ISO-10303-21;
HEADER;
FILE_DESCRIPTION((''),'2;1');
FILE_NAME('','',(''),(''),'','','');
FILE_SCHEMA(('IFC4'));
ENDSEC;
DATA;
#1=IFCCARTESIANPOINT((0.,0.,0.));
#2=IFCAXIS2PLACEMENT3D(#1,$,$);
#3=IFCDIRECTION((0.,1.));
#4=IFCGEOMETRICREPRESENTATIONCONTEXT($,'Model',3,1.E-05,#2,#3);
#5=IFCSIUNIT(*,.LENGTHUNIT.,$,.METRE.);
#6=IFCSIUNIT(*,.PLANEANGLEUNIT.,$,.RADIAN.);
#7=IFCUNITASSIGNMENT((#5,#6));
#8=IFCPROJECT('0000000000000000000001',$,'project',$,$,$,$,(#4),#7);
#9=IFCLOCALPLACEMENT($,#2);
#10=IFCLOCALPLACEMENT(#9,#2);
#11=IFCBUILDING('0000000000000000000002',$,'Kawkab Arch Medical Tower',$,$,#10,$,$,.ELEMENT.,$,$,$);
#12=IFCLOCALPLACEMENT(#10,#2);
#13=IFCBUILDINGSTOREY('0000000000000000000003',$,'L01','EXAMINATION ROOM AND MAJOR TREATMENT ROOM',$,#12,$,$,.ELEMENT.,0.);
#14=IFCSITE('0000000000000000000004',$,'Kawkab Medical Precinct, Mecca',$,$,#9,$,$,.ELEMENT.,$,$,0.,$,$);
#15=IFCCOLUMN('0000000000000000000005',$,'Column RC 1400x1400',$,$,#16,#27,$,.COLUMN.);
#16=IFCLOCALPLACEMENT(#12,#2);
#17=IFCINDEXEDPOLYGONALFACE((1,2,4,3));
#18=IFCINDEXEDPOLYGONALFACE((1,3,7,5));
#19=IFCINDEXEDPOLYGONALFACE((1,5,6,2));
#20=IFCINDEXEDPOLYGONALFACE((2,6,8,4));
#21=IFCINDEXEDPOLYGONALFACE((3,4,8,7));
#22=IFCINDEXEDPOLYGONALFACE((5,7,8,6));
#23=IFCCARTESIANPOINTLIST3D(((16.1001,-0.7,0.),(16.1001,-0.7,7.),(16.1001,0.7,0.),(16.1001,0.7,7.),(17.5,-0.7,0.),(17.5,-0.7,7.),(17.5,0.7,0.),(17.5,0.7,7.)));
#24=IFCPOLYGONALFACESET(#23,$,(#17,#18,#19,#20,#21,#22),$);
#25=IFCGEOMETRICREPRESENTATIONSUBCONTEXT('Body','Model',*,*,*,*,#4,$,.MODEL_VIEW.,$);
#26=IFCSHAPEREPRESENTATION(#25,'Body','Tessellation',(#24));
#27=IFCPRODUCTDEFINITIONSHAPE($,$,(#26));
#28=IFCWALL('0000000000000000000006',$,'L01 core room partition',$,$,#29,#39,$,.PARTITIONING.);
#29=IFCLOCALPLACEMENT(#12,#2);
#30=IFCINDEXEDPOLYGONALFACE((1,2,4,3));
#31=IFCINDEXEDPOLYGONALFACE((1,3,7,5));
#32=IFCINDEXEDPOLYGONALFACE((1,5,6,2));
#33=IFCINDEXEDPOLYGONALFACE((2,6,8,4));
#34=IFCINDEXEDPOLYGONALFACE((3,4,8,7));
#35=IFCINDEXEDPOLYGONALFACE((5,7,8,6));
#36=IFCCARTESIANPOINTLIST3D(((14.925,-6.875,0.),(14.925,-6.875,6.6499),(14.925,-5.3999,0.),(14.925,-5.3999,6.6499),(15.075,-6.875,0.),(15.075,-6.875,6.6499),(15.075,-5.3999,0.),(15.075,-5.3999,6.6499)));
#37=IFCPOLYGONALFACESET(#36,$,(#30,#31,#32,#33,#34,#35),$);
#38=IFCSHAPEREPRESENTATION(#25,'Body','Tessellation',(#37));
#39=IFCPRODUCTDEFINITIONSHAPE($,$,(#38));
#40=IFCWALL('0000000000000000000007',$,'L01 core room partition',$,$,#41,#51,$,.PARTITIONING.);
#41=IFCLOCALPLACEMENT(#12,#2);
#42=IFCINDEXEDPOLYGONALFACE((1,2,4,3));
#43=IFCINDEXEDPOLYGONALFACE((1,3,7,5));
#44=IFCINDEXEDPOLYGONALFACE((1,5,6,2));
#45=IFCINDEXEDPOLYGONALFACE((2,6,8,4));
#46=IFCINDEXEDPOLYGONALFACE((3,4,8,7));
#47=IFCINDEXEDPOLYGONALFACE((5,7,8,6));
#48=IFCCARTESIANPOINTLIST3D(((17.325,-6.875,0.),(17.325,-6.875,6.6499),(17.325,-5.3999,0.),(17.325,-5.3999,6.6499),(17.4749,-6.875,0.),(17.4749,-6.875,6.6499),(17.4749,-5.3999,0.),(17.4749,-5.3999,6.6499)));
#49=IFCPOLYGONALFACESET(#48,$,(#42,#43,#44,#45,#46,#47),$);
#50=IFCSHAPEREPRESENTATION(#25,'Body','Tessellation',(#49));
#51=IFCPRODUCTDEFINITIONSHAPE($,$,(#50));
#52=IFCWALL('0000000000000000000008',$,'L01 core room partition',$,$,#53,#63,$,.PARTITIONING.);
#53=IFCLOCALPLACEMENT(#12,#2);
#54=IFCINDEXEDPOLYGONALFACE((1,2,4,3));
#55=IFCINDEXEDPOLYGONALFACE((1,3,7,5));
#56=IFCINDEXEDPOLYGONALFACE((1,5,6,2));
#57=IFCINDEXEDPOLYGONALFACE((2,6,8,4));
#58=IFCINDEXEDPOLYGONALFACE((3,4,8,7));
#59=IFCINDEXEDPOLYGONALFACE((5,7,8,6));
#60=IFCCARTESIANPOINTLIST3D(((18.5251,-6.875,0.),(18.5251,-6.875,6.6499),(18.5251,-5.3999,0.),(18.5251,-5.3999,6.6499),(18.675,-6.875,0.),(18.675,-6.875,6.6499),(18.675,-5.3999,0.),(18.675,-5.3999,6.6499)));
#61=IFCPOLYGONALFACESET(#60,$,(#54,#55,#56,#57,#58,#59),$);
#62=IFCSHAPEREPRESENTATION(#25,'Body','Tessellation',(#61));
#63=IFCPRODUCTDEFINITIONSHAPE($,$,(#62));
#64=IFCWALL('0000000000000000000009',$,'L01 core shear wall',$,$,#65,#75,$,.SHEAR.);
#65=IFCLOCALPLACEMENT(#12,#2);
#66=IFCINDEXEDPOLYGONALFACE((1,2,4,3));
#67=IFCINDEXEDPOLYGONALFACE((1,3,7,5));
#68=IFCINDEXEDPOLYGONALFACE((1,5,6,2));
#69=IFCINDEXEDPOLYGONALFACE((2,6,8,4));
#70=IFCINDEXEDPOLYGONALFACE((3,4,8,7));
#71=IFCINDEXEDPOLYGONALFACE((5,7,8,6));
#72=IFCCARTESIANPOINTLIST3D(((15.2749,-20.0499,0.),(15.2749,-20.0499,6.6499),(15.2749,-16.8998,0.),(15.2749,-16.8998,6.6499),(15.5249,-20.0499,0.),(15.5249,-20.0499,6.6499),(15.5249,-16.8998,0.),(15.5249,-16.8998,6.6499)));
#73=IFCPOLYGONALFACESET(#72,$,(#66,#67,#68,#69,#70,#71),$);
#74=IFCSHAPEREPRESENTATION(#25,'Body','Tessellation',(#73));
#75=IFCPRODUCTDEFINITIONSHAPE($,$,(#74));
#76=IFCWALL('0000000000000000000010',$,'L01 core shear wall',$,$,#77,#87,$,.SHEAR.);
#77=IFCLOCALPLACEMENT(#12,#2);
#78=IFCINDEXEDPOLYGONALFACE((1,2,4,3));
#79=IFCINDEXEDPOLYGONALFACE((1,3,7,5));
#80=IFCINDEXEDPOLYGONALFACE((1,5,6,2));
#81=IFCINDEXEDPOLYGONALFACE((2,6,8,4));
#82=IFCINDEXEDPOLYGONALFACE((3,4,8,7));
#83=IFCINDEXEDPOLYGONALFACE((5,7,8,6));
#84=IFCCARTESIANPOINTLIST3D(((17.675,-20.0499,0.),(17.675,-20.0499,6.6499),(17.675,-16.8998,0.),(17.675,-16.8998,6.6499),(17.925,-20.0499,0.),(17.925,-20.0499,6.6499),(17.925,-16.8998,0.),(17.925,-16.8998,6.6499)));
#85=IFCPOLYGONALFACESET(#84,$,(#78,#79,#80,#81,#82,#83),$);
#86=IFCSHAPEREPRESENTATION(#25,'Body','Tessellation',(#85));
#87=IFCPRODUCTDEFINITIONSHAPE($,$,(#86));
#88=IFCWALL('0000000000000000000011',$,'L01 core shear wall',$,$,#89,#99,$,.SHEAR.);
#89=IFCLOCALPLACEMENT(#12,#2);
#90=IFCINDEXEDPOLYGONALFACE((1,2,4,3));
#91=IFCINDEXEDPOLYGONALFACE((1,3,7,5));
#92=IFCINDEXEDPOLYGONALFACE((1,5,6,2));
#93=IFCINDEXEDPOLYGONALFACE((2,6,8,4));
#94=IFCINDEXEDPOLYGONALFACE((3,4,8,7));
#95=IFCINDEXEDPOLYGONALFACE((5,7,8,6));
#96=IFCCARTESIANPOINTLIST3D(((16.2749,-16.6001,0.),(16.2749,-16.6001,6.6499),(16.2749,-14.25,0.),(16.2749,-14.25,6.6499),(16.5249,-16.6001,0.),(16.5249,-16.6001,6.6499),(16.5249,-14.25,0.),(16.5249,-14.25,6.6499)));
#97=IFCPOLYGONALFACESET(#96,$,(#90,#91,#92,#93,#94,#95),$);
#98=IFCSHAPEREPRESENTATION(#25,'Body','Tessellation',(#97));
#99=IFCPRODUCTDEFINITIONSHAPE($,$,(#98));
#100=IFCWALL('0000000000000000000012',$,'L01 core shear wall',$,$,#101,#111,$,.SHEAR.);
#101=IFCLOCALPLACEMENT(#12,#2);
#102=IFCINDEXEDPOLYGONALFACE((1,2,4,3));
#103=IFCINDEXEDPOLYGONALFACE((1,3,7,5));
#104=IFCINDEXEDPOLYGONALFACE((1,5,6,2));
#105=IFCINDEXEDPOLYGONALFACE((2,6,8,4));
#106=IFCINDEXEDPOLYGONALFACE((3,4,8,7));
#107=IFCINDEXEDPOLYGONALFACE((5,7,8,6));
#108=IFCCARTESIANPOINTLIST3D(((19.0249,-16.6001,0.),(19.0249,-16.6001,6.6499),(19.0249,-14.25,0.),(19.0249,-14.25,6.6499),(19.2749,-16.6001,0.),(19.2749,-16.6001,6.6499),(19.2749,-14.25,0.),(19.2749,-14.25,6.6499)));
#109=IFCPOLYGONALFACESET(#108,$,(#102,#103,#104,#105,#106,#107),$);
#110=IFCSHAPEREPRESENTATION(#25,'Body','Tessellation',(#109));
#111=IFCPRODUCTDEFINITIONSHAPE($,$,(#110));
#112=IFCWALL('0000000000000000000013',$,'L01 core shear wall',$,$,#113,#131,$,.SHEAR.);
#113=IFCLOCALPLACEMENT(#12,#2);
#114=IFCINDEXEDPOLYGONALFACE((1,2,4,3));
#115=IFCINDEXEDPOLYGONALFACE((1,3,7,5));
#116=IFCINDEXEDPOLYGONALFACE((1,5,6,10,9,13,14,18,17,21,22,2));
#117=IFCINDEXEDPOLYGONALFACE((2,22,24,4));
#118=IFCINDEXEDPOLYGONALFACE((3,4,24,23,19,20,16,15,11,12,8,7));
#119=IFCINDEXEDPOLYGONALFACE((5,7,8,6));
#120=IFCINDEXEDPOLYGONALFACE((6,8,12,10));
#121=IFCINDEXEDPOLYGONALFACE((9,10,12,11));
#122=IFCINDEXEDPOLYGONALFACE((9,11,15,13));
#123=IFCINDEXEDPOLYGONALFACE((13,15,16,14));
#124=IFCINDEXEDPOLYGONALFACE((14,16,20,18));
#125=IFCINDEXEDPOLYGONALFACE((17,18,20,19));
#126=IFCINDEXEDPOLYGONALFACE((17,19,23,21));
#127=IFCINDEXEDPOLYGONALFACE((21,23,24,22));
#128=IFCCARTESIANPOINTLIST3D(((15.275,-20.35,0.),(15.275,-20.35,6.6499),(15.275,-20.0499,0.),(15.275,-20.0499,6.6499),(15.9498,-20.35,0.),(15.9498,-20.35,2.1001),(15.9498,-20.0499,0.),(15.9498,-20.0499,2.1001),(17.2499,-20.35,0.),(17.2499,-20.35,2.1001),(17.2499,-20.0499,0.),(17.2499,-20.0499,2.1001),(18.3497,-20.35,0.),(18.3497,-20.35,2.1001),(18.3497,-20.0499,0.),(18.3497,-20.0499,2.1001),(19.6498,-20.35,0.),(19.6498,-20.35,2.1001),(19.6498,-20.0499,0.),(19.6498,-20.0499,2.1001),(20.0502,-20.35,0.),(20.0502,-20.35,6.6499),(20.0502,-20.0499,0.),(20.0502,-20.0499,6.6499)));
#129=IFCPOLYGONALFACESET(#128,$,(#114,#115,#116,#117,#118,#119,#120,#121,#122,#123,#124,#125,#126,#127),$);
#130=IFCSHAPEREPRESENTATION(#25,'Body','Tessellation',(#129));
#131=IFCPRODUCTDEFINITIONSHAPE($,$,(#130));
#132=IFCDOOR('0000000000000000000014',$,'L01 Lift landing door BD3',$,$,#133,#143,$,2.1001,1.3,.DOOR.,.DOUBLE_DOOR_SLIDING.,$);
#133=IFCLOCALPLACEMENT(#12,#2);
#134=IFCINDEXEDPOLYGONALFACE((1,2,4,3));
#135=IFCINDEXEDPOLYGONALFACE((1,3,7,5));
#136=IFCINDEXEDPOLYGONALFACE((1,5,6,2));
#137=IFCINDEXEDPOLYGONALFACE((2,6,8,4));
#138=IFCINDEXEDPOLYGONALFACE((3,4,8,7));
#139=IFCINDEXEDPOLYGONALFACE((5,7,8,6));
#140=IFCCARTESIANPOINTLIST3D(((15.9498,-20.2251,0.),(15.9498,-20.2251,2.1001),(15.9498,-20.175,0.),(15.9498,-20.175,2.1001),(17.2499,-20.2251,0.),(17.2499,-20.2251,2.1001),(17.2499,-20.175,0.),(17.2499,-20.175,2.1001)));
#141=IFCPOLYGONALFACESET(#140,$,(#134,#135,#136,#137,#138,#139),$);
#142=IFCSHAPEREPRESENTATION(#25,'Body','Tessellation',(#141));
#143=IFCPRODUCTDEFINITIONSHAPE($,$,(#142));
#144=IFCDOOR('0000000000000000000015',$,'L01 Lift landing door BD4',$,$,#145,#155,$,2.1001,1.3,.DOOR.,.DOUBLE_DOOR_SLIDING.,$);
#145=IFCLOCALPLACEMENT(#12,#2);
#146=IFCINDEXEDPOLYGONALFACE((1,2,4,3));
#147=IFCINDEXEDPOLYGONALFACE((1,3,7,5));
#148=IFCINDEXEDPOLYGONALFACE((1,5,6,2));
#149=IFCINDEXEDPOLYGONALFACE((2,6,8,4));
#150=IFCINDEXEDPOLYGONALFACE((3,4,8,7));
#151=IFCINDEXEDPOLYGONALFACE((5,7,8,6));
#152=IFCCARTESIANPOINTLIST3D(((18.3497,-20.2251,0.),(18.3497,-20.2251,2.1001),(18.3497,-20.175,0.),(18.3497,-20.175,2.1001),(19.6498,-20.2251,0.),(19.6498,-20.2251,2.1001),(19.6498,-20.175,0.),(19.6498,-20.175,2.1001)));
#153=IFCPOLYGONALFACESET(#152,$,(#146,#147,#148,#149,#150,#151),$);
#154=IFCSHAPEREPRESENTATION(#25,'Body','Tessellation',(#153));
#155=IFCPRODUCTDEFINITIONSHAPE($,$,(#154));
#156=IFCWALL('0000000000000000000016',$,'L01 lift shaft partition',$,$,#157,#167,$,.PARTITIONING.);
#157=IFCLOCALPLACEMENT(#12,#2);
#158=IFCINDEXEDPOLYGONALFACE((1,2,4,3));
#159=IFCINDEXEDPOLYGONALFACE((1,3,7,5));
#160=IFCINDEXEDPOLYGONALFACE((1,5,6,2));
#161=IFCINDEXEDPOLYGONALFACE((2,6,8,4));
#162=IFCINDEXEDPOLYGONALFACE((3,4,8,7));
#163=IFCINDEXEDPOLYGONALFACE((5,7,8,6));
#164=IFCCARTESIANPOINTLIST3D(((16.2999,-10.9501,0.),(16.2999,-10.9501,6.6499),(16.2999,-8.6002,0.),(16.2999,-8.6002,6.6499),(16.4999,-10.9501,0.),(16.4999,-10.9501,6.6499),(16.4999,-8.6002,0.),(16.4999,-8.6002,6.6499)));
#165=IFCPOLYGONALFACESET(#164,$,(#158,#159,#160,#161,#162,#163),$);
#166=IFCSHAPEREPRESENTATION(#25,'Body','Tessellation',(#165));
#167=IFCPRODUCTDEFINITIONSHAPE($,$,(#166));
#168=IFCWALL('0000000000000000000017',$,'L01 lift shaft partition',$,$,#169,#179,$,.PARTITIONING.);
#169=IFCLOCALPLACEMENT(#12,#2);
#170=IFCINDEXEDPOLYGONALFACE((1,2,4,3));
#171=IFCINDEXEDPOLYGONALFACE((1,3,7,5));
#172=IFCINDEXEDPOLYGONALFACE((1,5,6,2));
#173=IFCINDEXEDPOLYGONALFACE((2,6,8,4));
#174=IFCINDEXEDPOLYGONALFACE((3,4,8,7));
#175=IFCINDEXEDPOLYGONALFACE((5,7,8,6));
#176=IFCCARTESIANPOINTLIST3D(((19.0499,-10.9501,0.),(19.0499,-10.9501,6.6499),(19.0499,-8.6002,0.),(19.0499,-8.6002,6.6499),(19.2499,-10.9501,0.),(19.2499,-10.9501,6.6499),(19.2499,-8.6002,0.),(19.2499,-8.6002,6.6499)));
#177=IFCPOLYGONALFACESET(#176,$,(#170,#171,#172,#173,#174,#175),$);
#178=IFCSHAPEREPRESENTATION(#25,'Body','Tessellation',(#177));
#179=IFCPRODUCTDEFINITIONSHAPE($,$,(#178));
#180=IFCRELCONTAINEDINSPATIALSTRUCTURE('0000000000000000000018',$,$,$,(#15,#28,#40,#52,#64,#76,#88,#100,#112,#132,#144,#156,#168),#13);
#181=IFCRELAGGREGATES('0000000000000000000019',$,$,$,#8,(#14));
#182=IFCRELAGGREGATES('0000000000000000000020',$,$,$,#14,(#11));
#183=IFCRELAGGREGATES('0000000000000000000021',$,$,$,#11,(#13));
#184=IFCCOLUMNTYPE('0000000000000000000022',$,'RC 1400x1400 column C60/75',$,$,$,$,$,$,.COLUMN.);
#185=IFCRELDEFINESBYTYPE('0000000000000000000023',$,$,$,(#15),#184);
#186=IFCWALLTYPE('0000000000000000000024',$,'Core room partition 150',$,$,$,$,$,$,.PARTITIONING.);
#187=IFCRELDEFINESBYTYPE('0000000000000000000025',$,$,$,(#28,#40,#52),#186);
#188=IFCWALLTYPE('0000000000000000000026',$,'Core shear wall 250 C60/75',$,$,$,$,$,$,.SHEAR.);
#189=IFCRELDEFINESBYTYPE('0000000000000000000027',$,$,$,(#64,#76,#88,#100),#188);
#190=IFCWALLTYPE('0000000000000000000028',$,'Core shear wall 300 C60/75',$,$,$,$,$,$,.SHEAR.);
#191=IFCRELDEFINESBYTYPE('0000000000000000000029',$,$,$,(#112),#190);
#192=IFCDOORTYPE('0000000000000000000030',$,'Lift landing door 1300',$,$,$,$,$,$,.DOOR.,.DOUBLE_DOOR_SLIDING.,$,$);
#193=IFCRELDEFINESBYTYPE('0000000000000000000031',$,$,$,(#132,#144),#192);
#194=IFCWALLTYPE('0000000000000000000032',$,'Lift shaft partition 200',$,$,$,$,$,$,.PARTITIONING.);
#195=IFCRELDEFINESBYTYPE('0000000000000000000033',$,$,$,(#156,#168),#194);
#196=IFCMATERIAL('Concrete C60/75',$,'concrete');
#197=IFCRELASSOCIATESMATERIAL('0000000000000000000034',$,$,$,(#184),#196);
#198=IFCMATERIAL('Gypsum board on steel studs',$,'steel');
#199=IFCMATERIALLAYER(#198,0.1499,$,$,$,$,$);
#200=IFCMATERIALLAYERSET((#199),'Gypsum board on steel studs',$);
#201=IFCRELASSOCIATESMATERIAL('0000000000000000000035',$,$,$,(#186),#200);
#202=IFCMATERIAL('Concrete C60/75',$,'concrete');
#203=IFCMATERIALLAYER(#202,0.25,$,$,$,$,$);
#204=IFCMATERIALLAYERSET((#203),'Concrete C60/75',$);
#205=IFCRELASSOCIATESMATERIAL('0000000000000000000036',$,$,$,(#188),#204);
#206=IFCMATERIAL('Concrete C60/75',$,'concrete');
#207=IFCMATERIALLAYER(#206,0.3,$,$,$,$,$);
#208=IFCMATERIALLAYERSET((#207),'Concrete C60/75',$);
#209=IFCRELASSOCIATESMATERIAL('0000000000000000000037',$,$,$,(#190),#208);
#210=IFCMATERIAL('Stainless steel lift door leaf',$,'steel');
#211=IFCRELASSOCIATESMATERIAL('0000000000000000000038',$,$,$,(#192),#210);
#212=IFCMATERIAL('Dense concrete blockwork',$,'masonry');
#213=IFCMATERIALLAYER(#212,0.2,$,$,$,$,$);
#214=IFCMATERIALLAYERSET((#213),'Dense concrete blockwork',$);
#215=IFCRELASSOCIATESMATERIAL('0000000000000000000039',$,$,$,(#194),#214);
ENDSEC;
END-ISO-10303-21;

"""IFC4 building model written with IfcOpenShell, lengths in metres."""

from ifc_helpers import new_model, si_unit, direction, frame, frame_2d, origin, origin_2d, place, context, subcontext, project, spatial, rectangle, extrude, material, layer, layer_set, material_profile, profile_set, type_object, element, fill, save


model = new_model("IFC4")

# Units and contexts
model_context = context("Model", 3, precision=1e-05, world=origin(), true_north=direction((0.0, 1.0)))
body_context = subcontext(model_context, "Body", "Model", "MODEL_VIEW")
ifc_project = project(units=[si_unit("LENGTHUNIT", "METRE"), si_unit("PLANEANGLEUNIT", "RADIAN")], contexts=[model_context])

# Site, building, storey
site_placement = place(None, origin())
site = spatial("IfcSite", under=ifc_project, at=site_placement, Name="Kawkab Medical Precinct, Mecca", CompositionType="ELEMENT", RefElevation=0.0)
building_placement = place(site_placement, origin())
building = spatial("IfcBuilding", under=site, at=building_placement, Name="Kawkab Arch Medical Tower", CompositionType="ELEMENT")
storey_placement = place(building_placement, origin())
storey = spatial("IfcBuildingStorey", under=building, at=storey_placement, Name="L01", Description="EXAMINATION ROOM AND MAJOR TREATMENT ROOM", CompositionType="ELEMENT", Elevation=0.0)

# Column
ifc_material_1 = material(Name="Concrete C60/75", Category="concrete")
ifc_material_profile = material_profile(ifc_material_1, rectangle(XDim=1.3999, YDim=1.3999, at=origin_2d()), Name="RC 1400x1400")
ifc_profile_set = profile_set([ifc_material_profile], Name="Concrete C60/75")
column_type = type_object("IfcColumnType", Name="RC 1400x1400 column C60/75", PredefinedType="COLUMN", material=ifc_profile_set)
column_placement = place(storey_placement, frame((16.8, 0.0, 0.0), z_axis=(0.0, 0.0, 1.0), x_axis=(1.0, 0.0, 0.0)))
element("IfcColumn", 1, at=column_placement, inside=storey, type_object=column_type, Name="Column RC 1400x1400", PredefinedType="COLUMN", context=body_context, shape_type="SweptSolid", body=[
    extrude(rectangle(XDim=1.3999, YDim=1.3999, at=origin_2d()), origin(), (0.0, 0.0, 1.0), 7.0),
])

# Walls
ifc_material_2 = material(Name="Gypsum board on steel studs", Category="steel")
ifc_layer_1 = layer(ifc_material_2, 0.1499)
ifc_layer_set_1 = layer_set([ifc_layer_1], Name="Gypsum board on steel studs")
wall_type_1 = type_object("IfcWallType", Name="Core room partition 150", PredefinedType="PARTITIONING", material=ifc_layer_set_1)
for number, where, z_axis, x_axis, name in (
    (2, (15.0, -6.875, 0.0), (0.0, 0.0, 1.0), (0.0, 1.0, 0.0), "L01 core room partition"),
    (3, (17.3999, -6.875, 0.0), (0.0, 0.0, 1.0), (0.0, 1.0, 0.0), "L01 core room partition"),
    (4, (18.6001, -6.875, 0.0), (0.0, 0.0, 1.0), (0.0, 1.0, 0.0), "L01 core room partition"),
):
    element("IfcWall", number, at=place(storey_placement, frame(where, z_axis=z_axis, x_axis=x_axis)), inside=storey, type_object=wall_type_1, Name=name, PredefinedType="PARTITIONING", context=body_context, shape_type="SweptSolid", body=[
        extrude(rectangle(XDim=1.4751, YDim=0.1499, at=frame_2d((0.7375, 0.0))), origin(), (0.0, 0.0, 1.0), 6.6499),
    ])
ifc_material_3 = material(Name="Concrete C60/75", Category="concrete")
ifc_layer_2 = layer(ifc_material_3, 0.25)
ifc_layer_set_2 = layer_set([ifc_layer_2], Name="Concrete C60/75")
wall_type_2 = type_object("IfcWallType", Name="Core shear wall 250 C60/75", PredefinedType="SHEAR", material=ifc_layer_set_2)
for number, where, z_axis, x_axis, name in (
    (5, (15.3999, -20.05, 0.0), (0.0, 0.0, 1.0), (0.0, 1.0, 0.0), "L01 core shear wall"),
    (6, (17.8, -20.05, 0.0), (0.0, 0.0, 1.0), (0.0, 1.0, 0.0), "L01 core shear wall"),
):
    element("IfcWall", number, at=place(storey_placement, frame(where, z_axis=z_axis, x_axis=x_axis)), inside=storey, type_object=wall_type_2, Name=name, PredefinedType="SHEAR", context=body_context, shape_type="SweptSolid", body=[
        extrude(rectangle(XDim=3.1501, YDim=0.25, at=frame_2d((1.5752, 0.0))), origin(), (0.0, 0.0, 1.0), 6.6499),
    ])
for number, where, z_axis, x_axis, name in (
    (7, (16.3999, -16.6001, 0.0), (0.0, 0.0, 1.0), (0.0, 1.0, 0.0), "L01 core shear wall"),
    (8, (19.1499, -16.6001, 0.0), (0.0, 0.0, 1.0), (0.0, 1.0, 0.0), "L01 core shear wall"),
):
    element("IfcWall", number, at=place(storey_placement, frame(where, z_axis=z_axis, x_axis=x_axis)), inside=storey, type_object=wall_type_2, Name=name, PredefinedType="SHEAR", context=body_context, shape_type="SweptSolid", body=[
        extrude(rectangle(XDim=2.3501, YDim=0.25, at=frame_2d((1.175, 0.0))), origin(), (0.0, 0.0, 1.0), 6.6499),
    ])

# Wall, openings, doors
ifc_material_4 = material(Name="Concrete C60/75", Category="concrete")
ifc_layer_3 = layer(ifc_material_4, 0.3)
ifc_layer_set_3 = layer_set([ifc_layer_3], Name="Concrete C60/75")
wall_type_3 = type_object("IfcWallType", Name="Core shear wall 300 C60/75", PredefinedType="SHEAR", material=ifc_layer_set_3)
wall_1_placement = place(storey_placement, frame((15.2749, -20.2, 0.0), z_axis=(0.0, 0.0, 1.0), x_axis=(1.0, 0.0, 0.0)))
wall_1 = element("IfcWall", 9, at=wall_1_placement, inside=storey, type_object=wall_type_3, Name="L01 core shear wall", PredefinedType="SHEAR", context=body_context, shape_type="SweptSolid", body=[
    extrude(rectangle(XDim=4.7751, YDim=0.3, at=frame_2d((2.3877, 0.0))), origin(), (0.0, 0.0, 1.0), 6.6499),
])
opening_1_placement = place(wall_1_placement, frame((0.675, 0.0, 0.0)))
opening_1 = element("IfcOpeningElement", 10, at=opening_1_placement, cuts=wall_1, PredefinedType="OPENING", context=body_context, shape_type="SweptSolid", body=[
    extrude(rectangle(XDim=1.3, YDim=2.1001, at=frame_2d((0.6499, 1.05))), frame((0.0, 0.1599, 0.0), z_axis=(0.0, -1.0, 0.0), x_axis=(1.0, 0.0, 0.0)), (0.0, 0.0, 1.0), 0.3201),
])
opening_2_placement = place(wall_1_placement, frame((3.075, 0.0, 0.0)))
opening_2 = element("IfcOpeningElement", 11, at=opening_2_placement, cuts=wall_1, PredefinedType="OPENING", context=body_context, shape_type="SweptSolid", body=[
    extrude(rectangle(XDim=1.3, YDim=2.1001, at=frame_2d((0.6499, 1.05))), frame((0.0, 0.1599, 0.0), z_axis=(0.0, -1.0, 0.0), x_axis=(1.0, 0.0, 0.0)), (0.0, 0.0, 1.0), 0.3201),
])
ifc_material_5 = material(Name="Stainless steel lift door leaf", Category="steel")
door_type_1 = type_object("IfcDoorType", Name="Lift landing door 1300", OperationType="DOUBLE_DOOR_SLIDING", PredefinedType="DOOR", material=ifc_material_5)
door_1_placement = place(opening_1_placement, origin())
door_1 = element("IfcDoor", 12, at=door_1_placement, inside=storey, type_object=door_type_1, Name="L01 Lift landing door BD3", OperationType="DOUBLE_DOOR_SLIDING", OverallHeight=2.1001, OverallWidth=1.3, PredefinedType="DOOR", context=body_context, shape_type="SweptSolid", body=[
    extrude(rectangle(XDim=1.3, YDim=2.1001, at=frame_2d((0.6499, 1.05))), frame((0.0, 0.0249, 0.0), z_axis=(0.0, -1.0, 0.0), x_axis=(1.0, 0.0, 0.0)), (0.0, 0.0, 1.0), 0.05),
])
fill(opening_1, door_1)
door_2_placement = place(opening_2_placement, origin())
door_2 = element("IfcDoor", 13, at=door_2_placement, inside=storey, type_object=door_type_1, Name="L01 Lift landing door BD4", OperationType="DOUBLE_DOOR_SLIDING", OverallHeight=2.1001, OverallWidth=1.3, PredefinedType="DOOR", context=body_context, shape_type="SweptSolid", body=[
    extrude(rectangle(XDim=1.3, YDim=2.1001, at=frame_2d((0.6499, 1.05))), frame((0.0, 0.0249, 0.0), z_axis=(0.0, -1.0, 0.0), x_axis=(1.0, 0.0, 0.0)), (0.0, 0.0, 1.0), 0.05),
])
fill(opening_2, door_2)

# Walls
ifc_material_6 = material(Name="Dense concrete blockwork", Category="masonry")
ifc_layer_4 = layer(ifc_material_6, 0.2)
ifc_layer_set_4 = layer_set([ifc_layer_4], Name="Dense concrete blockwork")
wall_type_4 = type_object("IfcWallType", Name="Lift shaft partition 200", PredefinedType="PARTITIONING", material=ifc_layer_set_4)
for number, where, z_axis, x_axis, name in (
    (14, (16.3999, -10.95, 0.0), (0.0, 0.0, 1.0), (0.0, 1.0, 0.0), "L01 lift shaft partition"),
    (15, (19.1499, -10.95, 0.0), (0.0, 0.0, 1.0), (0.0, 1.0, 0.0), "L01 lift shaft partition"),
):
    element("IfcWall", number, at=place(storey_placement, frame(where, z_axis=z_axis, x_axis=x_axis)), inside=storey, type_object=wall_type_4, Name=name, PredefinedType="PARTITIONING", context=body_context, shape_type="SweptSolid", body=[
        extrude(rectangle(XDim=2.3499, YDim=0.2, at=frame_2d((1.1748, 0.0))), origin(), (0.0, 0.0, 1.0), 6.6499),
    ])

save(model, "model.ifc")
